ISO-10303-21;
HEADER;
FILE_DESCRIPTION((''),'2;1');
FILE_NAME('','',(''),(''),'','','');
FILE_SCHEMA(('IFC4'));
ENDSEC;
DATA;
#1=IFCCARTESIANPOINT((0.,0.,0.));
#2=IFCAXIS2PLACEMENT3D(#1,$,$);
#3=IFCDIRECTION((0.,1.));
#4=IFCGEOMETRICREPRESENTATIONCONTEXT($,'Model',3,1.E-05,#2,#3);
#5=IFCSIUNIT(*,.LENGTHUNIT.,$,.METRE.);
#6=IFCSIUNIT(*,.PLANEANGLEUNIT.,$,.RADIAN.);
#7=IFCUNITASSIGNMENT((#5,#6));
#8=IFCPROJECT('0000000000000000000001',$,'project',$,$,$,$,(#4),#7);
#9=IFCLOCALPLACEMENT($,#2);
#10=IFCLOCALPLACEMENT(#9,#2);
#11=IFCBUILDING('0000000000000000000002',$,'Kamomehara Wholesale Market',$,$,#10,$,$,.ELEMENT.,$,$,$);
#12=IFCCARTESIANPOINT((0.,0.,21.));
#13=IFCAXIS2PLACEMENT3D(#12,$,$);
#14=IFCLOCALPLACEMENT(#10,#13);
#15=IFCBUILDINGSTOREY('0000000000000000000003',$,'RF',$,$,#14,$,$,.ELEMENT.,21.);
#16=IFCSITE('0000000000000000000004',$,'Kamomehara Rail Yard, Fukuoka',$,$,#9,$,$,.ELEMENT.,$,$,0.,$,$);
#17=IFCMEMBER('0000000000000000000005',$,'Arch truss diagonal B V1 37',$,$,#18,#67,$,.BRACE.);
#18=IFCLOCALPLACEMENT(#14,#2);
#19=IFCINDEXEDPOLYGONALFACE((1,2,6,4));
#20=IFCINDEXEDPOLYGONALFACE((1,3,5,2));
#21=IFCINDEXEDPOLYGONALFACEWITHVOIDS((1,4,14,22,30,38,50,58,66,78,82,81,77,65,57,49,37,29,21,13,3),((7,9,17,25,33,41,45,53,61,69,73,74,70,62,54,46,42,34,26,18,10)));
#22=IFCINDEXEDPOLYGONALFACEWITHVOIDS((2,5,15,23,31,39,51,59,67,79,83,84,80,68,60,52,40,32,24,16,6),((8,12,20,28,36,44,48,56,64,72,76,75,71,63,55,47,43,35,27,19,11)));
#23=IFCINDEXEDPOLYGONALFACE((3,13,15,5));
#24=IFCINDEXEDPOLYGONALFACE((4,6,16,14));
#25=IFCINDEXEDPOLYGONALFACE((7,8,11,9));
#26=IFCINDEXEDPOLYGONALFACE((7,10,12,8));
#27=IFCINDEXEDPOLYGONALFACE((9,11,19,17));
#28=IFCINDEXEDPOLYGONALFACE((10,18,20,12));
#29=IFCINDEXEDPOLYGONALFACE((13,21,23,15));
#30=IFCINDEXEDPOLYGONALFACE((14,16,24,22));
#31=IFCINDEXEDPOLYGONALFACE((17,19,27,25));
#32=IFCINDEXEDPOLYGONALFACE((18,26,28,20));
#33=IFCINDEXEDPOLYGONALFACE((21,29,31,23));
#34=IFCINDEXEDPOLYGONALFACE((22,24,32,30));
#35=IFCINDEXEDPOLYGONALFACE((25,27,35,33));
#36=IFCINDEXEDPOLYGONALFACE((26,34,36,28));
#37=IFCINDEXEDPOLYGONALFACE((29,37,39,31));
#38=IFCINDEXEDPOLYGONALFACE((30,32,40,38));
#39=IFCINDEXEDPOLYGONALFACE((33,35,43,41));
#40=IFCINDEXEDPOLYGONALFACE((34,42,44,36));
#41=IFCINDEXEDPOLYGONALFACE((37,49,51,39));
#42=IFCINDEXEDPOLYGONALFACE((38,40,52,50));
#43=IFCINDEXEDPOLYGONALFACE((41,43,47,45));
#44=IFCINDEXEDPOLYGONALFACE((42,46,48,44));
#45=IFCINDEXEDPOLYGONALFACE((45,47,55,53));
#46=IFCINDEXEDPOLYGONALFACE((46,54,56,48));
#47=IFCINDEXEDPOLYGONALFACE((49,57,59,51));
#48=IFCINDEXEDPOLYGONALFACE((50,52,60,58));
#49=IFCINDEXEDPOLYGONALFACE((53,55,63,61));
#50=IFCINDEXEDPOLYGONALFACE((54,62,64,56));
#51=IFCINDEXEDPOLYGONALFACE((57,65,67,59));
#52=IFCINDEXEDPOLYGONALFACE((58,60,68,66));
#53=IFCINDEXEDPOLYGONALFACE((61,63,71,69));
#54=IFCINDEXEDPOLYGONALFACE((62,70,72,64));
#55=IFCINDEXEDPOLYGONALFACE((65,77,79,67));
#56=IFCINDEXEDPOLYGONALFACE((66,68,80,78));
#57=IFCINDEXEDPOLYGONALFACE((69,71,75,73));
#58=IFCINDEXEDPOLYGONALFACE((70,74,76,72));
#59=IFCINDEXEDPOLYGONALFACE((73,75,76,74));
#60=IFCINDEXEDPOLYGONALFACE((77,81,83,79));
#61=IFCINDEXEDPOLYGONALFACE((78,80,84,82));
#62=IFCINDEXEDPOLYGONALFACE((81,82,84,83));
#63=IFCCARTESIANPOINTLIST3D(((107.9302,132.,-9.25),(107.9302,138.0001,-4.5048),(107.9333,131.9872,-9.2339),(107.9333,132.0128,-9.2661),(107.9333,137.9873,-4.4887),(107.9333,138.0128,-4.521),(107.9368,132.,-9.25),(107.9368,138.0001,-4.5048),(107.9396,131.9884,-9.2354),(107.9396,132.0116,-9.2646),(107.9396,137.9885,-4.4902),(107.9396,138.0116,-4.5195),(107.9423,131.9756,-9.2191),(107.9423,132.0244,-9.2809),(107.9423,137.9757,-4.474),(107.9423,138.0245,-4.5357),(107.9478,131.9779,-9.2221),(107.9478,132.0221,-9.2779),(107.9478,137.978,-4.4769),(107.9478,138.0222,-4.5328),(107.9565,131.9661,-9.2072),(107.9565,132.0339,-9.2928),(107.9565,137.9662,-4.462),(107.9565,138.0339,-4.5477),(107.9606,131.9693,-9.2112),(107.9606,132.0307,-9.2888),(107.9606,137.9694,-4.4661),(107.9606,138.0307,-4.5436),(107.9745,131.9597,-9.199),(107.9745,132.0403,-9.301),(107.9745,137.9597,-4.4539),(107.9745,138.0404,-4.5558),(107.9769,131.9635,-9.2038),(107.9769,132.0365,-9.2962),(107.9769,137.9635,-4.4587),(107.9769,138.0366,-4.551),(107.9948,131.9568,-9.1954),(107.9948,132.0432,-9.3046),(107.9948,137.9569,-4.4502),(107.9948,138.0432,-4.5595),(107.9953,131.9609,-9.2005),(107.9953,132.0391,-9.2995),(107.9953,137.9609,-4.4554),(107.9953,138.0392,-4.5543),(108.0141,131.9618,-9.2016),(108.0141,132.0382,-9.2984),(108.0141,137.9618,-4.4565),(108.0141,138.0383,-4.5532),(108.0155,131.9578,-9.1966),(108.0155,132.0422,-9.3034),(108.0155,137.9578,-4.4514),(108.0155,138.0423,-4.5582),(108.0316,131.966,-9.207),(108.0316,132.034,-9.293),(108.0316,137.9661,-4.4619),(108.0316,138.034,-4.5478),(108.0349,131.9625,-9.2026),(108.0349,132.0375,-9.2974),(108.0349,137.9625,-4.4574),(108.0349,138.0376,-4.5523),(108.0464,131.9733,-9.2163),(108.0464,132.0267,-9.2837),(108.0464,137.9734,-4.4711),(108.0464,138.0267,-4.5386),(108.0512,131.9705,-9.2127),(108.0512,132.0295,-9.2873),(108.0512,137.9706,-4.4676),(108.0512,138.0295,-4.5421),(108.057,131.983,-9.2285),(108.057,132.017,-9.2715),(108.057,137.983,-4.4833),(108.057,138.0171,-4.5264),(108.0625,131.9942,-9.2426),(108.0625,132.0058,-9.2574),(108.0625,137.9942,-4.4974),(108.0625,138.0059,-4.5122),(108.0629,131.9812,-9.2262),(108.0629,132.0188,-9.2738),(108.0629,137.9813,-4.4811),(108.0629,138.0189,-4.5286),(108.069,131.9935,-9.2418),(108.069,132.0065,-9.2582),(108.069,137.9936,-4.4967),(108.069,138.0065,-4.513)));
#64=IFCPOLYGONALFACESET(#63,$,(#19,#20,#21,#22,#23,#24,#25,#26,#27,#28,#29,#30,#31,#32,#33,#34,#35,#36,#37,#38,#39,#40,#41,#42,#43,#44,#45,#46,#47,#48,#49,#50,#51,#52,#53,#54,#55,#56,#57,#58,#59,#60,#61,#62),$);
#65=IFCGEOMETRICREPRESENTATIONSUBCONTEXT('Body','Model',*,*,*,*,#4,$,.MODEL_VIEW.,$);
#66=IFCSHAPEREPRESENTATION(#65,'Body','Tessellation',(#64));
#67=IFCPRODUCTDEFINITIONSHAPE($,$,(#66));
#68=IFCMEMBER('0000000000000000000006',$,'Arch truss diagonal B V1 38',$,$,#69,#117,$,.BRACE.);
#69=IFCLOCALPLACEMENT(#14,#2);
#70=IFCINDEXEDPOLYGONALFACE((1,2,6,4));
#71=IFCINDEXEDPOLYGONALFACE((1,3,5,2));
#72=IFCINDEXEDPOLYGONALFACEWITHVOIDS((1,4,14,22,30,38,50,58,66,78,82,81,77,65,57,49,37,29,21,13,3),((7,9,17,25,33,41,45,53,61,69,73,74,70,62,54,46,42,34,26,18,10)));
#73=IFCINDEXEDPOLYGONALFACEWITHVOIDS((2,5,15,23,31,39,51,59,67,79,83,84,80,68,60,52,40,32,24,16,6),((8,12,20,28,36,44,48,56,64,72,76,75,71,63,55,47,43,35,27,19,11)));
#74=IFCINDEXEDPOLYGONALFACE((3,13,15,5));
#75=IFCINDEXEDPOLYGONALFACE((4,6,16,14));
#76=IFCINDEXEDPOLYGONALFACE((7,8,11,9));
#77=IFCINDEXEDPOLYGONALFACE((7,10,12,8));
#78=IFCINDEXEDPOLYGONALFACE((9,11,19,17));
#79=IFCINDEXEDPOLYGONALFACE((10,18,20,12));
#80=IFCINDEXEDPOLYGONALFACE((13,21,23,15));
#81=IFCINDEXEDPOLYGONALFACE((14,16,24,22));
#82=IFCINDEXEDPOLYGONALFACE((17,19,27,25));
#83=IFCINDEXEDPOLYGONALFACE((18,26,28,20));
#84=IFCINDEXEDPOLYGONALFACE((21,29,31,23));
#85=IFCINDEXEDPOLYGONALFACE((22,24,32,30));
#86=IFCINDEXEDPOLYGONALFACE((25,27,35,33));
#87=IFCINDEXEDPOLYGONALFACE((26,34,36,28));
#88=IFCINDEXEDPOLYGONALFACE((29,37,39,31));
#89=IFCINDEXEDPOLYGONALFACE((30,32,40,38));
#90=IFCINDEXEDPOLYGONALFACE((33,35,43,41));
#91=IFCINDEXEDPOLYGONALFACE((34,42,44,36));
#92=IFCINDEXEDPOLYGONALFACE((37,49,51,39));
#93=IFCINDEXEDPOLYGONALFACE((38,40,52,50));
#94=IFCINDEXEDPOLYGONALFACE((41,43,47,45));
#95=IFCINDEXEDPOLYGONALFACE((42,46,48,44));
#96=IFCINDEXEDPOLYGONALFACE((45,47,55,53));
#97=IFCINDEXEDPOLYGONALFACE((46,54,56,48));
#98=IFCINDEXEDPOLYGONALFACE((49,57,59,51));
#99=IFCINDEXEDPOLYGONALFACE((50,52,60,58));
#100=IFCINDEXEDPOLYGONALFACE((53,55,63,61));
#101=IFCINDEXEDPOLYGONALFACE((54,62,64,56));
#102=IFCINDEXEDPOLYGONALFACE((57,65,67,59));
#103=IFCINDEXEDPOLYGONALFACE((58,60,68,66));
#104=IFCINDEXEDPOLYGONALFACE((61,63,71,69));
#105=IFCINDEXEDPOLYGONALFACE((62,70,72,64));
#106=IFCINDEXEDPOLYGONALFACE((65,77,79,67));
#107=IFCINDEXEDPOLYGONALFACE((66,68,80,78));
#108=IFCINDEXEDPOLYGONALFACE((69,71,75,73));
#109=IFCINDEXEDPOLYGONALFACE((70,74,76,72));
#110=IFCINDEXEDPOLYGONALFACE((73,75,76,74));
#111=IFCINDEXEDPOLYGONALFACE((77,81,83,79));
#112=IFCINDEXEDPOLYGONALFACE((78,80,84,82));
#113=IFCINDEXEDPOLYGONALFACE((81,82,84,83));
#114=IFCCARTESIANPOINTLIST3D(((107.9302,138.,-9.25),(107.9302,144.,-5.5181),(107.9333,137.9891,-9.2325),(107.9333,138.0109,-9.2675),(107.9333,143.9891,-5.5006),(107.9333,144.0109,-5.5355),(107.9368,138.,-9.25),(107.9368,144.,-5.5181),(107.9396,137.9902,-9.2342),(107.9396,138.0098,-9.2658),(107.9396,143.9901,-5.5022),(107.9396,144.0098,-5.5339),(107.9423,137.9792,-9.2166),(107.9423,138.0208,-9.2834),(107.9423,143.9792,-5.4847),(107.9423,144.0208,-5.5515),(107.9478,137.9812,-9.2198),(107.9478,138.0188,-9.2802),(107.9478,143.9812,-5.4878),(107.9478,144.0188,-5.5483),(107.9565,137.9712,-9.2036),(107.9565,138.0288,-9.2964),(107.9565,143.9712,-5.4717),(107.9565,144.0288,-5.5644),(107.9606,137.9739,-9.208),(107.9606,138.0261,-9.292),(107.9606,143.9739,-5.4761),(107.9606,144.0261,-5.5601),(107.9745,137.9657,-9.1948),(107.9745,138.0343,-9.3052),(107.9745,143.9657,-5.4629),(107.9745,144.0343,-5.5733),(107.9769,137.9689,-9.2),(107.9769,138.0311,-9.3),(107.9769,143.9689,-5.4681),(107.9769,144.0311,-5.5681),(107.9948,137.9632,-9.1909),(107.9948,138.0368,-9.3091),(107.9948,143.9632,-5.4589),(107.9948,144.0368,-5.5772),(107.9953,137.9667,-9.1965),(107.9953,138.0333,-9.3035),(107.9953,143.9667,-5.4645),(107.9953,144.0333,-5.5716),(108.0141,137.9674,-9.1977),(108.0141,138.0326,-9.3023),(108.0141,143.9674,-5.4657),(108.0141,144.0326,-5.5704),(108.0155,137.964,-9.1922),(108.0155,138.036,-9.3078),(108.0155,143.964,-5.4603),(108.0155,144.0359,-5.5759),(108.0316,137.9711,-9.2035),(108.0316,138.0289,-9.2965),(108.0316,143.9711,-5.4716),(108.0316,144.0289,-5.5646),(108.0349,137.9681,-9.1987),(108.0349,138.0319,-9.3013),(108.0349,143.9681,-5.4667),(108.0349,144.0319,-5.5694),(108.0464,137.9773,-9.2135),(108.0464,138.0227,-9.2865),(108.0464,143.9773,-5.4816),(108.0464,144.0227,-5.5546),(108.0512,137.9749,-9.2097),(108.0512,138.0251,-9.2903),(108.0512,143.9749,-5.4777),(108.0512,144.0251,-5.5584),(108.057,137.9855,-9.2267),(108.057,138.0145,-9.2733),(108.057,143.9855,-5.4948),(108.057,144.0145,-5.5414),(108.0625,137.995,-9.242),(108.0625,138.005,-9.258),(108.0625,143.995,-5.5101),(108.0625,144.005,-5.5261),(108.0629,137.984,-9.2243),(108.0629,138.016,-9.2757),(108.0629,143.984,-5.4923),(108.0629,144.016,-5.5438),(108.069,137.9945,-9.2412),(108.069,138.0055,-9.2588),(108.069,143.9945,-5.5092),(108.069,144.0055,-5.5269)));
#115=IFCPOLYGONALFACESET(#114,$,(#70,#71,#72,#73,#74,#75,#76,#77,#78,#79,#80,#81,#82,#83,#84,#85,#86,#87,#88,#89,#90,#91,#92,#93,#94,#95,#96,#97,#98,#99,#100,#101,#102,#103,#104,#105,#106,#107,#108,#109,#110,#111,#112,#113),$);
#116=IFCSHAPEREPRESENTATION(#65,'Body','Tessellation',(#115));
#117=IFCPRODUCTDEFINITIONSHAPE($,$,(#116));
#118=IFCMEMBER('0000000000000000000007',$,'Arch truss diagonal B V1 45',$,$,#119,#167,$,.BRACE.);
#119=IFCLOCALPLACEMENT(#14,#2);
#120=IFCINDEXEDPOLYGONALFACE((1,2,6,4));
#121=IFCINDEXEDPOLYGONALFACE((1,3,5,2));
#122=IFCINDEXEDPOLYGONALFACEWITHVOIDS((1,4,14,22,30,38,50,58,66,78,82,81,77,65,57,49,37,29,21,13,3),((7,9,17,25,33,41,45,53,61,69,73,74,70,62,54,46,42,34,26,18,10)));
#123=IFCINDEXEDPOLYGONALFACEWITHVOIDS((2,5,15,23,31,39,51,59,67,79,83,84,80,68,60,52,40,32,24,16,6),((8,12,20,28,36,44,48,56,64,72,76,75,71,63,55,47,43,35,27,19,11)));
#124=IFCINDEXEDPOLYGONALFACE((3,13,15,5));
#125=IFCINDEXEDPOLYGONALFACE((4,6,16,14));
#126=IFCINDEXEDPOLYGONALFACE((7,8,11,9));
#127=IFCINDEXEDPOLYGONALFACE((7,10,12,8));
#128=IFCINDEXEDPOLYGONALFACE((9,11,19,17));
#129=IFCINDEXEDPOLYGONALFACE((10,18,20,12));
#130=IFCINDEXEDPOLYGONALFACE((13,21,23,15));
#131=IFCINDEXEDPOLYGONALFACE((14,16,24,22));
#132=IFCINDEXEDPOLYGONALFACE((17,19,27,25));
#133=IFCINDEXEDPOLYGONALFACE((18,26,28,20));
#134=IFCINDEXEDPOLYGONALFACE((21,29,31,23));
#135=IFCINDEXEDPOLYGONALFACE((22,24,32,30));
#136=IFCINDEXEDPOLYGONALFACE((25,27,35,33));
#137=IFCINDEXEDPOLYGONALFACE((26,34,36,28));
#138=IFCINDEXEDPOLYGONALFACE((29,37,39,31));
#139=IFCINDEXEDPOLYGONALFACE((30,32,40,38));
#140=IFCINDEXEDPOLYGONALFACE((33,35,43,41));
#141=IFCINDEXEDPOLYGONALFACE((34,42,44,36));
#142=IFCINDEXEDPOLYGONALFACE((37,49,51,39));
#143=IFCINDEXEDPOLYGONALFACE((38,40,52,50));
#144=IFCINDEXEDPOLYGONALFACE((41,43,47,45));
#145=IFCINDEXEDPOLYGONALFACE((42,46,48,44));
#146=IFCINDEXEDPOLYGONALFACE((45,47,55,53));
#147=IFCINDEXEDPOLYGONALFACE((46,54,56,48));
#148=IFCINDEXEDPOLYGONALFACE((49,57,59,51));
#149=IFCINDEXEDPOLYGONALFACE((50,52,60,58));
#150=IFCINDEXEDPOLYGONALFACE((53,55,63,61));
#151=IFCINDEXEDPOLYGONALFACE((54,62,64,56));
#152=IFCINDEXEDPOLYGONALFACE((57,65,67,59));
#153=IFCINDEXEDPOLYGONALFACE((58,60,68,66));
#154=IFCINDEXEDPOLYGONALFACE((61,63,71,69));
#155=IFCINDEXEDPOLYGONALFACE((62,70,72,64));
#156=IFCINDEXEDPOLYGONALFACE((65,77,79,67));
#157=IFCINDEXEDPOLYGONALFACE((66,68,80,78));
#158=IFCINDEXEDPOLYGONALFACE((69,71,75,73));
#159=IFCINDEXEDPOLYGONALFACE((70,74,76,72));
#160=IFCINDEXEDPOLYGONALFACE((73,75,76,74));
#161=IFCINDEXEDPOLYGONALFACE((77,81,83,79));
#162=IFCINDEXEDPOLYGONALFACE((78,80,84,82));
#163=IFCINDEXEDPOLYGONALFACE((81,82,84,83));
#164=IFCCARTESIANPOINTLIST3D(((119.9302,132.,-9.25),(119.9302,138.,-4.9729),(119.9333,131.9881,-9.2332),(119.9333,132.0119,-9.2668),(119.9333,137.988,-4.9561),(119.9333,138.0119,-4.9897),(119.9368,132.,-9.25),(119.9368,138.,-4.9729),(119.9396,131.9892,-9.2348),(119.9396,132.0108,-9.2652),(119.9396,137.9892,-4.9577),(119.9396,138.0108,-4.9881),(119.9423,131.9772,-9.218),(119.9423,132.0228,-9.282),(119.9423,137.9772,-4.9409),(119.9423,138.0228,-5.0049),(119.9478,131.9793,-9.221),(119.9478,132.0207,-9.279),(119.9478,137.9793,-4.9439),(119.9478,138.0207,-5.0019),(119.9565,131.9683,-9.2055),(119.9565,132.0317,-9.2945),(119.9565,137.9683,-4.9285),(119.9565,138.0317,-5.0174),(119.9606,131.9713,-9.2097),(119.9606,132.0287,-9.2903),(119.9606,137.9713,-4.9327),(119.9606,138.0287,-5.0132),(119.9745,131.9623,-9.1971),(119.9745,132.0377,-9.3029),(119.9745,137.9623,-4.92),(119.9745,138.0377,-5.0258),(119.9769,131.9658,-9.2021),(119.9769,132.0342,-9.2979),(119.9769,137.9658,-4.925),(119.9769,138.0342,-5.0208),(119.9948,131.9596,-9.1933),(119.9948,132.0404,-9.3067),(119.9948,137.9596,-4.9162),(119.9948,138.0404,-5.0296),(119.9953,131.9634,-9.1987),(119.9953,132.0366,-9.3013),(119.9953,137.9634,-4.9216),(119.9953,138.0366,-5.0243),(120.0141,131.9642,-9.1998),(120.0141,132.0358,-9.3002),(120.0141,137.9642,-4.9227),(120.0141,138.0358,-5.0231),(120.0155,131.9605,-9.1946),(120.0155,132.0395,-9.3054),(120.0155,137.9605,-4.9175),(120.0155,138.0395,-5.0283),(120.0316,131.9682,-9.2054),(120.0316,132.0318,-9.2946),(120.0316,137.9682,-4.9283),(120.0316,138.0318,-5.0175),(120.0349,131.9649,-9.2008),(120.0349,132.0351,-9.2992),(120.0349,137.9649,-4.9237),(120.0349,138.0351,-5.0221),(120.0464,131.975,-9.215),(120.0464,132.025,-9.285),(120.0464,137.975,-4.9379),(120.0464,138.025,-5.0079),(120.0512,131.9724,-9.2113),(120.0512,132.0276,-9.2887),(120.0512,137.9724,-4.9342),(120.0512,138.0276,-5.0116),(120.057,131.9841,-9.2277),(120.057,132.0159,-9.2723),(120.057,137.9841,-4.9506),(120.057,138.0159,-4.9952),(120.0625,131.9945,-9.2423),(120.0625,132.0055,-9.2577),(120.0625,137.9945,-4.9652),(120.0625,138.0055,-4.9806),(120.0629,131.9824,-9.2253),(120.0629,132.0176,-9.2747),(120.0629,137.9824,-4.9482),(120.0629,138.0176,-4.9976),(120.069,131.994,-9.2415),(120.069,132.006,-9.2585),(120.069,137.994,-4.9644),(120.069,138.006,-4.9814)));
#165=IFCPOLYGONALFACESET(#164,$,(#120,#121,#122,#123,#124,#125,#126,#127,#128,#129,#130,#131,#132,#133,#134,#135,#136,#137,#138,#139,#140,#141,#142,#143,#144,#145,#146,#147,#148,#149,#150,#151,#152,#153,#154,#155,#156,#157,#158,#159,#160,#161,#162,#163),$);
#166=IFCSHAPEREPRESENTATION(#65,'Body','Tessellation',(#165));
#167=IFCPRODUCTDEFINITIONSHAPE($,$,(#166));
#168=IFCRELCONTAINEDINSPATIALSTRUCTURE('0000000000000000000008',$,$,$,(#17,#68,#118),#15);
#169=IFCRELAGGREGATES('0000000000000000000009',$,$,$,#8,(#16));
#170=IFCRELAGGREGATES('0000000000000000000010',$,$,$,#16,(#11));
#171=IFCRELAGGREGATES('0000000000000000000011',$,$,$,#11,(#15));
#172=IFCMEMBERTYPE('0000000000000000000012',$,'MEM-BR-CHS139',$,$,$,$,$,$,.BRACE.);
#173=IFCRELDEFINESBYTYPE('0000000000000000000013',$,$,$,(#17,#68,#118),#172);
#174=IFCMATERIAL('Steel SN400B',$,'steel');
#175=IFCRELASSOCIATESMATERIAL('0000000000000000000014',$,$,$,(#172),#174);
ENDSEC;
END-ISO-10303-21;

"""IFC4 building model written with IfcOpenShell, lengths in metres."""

from ifc_helpers import new_model, si_unit, direction, frame, origin, origin_2d, place, context, subcontext, project, spatial, hollow_circle, extrude, material, material_profile, profile_set, type_object, element, save


model = new_model("IFC4")

# Units and contexts
model_context = context("Model", 3, precision=1e-05, world=origin(), true_north=direction((0.0, 1.0)))
body_context = subcontext(model_context, "Body", "Model", "MODEL_VIEW")
ifc_project = project(units=[si_unit("LENGTHUNIT", "METRE"), si_unit("PLANEANGLEUNIT", "RADIAN")], contexts=[model_context])

# Site, building, storey
site_placement = place(None, origin())
site = spatial("IfcSite", under=ifc_project, at=site_placement, Name="Kamomehara Rail Yard, Fukuoka", CompositionType="ELEMENT", RefElevation=0.0)
building_placement = place(site_placement, origin())
building = spatial("IfcBuilding", under=site, at=building_placement, Name="Kamomehara Wholesale Market", CompositionType="ELEMENT")
storey_placement = place(building_placement, frame((0.0, 0.0, 21.0)))
storey = spatial("IfcBuildingStorey", under=building, at=storey_placement, Name="RF", CompositionType="ELEMENT", Elevation=21.0)

# Members
ifc_material_1 = material(Name="Steel SN400B", Category="steel")
ifc_material_profile_1 = material_profile(ifc_material_1, hollow_circle(Radius=0.0698, WallThickness=0.0066, at=origin_2d()), Name="CHS-139.8x6.6")
ifc_profile_set_1 = profile_set([ifc_material_profile_1], Name="Steel SN400B")
member_type_1 = type_object("IfcMemberType", Name="MEM-BR-CHS139", PredefinedType="BRACE", material=ifc_profile_set_1)
member_1_placement = place(storey_placement, frame((108.0, 132.0, -9.25), z_axis=(0.0, 0.784356, 0.62031), x_axis=(-1.0, 0.0, 0.0)))
element("IfcMember", 1, at=member_1_placement, inside=storey, type_object=member_type_1, Name="Arch truss diagonal B V1 37", PredefinedType="BRACE", context=body_context, shape_type="SweptSolid", body=[
    extrude(hollow_circle(Radius=0.0698, WallThickness=0.0066, at=origin_2d()), origin(), (0.0, 0.0, 1.0), 7.6497),
])
member_2_placement = place(storey_placement, frame((108.0, 138.0, -9.25), z_axis=(0.0, 0.849145, 0.528159), x_axis=(-1.0, 0.0, 0.0)))
element("IfcMember", 2, at=member_2_placement, inside=storey, type_object=member_type_1, Name="Arch truss diagonal B V1 38", PredefinedType="BRACE", context=body_context, shape_type="SweptSolid", body=[
    extrude(hollow_circle(Radius=0.0698, WallThickness=0.0066, at=origin_2d()), origin(), (0.0, 0.0, 1.0), 7.0659),
])
member_3_placement = place(storey_placement, frame((120.0, 132.0, -9.25), z_axis=(0.0, 0.814286, 0.580464), x_axis=(-1.0, 0.0, 0.0)))
element("IfcMember", 3, at=member_3_placement, inside=storey, type_object=member_type_1, Name="Arch truss diagonal B V1 45", PredefinedType="BRACE", context=body_context, shape_type="SweptSolid", body=[
    extrude(hollow_circle(Radius=0.0698, WallThickness=0.0066, at=origin_2d()), origin(), (0.0, 0.0, 1.0), 7.3684),
])

save(model, "model.ifc")
